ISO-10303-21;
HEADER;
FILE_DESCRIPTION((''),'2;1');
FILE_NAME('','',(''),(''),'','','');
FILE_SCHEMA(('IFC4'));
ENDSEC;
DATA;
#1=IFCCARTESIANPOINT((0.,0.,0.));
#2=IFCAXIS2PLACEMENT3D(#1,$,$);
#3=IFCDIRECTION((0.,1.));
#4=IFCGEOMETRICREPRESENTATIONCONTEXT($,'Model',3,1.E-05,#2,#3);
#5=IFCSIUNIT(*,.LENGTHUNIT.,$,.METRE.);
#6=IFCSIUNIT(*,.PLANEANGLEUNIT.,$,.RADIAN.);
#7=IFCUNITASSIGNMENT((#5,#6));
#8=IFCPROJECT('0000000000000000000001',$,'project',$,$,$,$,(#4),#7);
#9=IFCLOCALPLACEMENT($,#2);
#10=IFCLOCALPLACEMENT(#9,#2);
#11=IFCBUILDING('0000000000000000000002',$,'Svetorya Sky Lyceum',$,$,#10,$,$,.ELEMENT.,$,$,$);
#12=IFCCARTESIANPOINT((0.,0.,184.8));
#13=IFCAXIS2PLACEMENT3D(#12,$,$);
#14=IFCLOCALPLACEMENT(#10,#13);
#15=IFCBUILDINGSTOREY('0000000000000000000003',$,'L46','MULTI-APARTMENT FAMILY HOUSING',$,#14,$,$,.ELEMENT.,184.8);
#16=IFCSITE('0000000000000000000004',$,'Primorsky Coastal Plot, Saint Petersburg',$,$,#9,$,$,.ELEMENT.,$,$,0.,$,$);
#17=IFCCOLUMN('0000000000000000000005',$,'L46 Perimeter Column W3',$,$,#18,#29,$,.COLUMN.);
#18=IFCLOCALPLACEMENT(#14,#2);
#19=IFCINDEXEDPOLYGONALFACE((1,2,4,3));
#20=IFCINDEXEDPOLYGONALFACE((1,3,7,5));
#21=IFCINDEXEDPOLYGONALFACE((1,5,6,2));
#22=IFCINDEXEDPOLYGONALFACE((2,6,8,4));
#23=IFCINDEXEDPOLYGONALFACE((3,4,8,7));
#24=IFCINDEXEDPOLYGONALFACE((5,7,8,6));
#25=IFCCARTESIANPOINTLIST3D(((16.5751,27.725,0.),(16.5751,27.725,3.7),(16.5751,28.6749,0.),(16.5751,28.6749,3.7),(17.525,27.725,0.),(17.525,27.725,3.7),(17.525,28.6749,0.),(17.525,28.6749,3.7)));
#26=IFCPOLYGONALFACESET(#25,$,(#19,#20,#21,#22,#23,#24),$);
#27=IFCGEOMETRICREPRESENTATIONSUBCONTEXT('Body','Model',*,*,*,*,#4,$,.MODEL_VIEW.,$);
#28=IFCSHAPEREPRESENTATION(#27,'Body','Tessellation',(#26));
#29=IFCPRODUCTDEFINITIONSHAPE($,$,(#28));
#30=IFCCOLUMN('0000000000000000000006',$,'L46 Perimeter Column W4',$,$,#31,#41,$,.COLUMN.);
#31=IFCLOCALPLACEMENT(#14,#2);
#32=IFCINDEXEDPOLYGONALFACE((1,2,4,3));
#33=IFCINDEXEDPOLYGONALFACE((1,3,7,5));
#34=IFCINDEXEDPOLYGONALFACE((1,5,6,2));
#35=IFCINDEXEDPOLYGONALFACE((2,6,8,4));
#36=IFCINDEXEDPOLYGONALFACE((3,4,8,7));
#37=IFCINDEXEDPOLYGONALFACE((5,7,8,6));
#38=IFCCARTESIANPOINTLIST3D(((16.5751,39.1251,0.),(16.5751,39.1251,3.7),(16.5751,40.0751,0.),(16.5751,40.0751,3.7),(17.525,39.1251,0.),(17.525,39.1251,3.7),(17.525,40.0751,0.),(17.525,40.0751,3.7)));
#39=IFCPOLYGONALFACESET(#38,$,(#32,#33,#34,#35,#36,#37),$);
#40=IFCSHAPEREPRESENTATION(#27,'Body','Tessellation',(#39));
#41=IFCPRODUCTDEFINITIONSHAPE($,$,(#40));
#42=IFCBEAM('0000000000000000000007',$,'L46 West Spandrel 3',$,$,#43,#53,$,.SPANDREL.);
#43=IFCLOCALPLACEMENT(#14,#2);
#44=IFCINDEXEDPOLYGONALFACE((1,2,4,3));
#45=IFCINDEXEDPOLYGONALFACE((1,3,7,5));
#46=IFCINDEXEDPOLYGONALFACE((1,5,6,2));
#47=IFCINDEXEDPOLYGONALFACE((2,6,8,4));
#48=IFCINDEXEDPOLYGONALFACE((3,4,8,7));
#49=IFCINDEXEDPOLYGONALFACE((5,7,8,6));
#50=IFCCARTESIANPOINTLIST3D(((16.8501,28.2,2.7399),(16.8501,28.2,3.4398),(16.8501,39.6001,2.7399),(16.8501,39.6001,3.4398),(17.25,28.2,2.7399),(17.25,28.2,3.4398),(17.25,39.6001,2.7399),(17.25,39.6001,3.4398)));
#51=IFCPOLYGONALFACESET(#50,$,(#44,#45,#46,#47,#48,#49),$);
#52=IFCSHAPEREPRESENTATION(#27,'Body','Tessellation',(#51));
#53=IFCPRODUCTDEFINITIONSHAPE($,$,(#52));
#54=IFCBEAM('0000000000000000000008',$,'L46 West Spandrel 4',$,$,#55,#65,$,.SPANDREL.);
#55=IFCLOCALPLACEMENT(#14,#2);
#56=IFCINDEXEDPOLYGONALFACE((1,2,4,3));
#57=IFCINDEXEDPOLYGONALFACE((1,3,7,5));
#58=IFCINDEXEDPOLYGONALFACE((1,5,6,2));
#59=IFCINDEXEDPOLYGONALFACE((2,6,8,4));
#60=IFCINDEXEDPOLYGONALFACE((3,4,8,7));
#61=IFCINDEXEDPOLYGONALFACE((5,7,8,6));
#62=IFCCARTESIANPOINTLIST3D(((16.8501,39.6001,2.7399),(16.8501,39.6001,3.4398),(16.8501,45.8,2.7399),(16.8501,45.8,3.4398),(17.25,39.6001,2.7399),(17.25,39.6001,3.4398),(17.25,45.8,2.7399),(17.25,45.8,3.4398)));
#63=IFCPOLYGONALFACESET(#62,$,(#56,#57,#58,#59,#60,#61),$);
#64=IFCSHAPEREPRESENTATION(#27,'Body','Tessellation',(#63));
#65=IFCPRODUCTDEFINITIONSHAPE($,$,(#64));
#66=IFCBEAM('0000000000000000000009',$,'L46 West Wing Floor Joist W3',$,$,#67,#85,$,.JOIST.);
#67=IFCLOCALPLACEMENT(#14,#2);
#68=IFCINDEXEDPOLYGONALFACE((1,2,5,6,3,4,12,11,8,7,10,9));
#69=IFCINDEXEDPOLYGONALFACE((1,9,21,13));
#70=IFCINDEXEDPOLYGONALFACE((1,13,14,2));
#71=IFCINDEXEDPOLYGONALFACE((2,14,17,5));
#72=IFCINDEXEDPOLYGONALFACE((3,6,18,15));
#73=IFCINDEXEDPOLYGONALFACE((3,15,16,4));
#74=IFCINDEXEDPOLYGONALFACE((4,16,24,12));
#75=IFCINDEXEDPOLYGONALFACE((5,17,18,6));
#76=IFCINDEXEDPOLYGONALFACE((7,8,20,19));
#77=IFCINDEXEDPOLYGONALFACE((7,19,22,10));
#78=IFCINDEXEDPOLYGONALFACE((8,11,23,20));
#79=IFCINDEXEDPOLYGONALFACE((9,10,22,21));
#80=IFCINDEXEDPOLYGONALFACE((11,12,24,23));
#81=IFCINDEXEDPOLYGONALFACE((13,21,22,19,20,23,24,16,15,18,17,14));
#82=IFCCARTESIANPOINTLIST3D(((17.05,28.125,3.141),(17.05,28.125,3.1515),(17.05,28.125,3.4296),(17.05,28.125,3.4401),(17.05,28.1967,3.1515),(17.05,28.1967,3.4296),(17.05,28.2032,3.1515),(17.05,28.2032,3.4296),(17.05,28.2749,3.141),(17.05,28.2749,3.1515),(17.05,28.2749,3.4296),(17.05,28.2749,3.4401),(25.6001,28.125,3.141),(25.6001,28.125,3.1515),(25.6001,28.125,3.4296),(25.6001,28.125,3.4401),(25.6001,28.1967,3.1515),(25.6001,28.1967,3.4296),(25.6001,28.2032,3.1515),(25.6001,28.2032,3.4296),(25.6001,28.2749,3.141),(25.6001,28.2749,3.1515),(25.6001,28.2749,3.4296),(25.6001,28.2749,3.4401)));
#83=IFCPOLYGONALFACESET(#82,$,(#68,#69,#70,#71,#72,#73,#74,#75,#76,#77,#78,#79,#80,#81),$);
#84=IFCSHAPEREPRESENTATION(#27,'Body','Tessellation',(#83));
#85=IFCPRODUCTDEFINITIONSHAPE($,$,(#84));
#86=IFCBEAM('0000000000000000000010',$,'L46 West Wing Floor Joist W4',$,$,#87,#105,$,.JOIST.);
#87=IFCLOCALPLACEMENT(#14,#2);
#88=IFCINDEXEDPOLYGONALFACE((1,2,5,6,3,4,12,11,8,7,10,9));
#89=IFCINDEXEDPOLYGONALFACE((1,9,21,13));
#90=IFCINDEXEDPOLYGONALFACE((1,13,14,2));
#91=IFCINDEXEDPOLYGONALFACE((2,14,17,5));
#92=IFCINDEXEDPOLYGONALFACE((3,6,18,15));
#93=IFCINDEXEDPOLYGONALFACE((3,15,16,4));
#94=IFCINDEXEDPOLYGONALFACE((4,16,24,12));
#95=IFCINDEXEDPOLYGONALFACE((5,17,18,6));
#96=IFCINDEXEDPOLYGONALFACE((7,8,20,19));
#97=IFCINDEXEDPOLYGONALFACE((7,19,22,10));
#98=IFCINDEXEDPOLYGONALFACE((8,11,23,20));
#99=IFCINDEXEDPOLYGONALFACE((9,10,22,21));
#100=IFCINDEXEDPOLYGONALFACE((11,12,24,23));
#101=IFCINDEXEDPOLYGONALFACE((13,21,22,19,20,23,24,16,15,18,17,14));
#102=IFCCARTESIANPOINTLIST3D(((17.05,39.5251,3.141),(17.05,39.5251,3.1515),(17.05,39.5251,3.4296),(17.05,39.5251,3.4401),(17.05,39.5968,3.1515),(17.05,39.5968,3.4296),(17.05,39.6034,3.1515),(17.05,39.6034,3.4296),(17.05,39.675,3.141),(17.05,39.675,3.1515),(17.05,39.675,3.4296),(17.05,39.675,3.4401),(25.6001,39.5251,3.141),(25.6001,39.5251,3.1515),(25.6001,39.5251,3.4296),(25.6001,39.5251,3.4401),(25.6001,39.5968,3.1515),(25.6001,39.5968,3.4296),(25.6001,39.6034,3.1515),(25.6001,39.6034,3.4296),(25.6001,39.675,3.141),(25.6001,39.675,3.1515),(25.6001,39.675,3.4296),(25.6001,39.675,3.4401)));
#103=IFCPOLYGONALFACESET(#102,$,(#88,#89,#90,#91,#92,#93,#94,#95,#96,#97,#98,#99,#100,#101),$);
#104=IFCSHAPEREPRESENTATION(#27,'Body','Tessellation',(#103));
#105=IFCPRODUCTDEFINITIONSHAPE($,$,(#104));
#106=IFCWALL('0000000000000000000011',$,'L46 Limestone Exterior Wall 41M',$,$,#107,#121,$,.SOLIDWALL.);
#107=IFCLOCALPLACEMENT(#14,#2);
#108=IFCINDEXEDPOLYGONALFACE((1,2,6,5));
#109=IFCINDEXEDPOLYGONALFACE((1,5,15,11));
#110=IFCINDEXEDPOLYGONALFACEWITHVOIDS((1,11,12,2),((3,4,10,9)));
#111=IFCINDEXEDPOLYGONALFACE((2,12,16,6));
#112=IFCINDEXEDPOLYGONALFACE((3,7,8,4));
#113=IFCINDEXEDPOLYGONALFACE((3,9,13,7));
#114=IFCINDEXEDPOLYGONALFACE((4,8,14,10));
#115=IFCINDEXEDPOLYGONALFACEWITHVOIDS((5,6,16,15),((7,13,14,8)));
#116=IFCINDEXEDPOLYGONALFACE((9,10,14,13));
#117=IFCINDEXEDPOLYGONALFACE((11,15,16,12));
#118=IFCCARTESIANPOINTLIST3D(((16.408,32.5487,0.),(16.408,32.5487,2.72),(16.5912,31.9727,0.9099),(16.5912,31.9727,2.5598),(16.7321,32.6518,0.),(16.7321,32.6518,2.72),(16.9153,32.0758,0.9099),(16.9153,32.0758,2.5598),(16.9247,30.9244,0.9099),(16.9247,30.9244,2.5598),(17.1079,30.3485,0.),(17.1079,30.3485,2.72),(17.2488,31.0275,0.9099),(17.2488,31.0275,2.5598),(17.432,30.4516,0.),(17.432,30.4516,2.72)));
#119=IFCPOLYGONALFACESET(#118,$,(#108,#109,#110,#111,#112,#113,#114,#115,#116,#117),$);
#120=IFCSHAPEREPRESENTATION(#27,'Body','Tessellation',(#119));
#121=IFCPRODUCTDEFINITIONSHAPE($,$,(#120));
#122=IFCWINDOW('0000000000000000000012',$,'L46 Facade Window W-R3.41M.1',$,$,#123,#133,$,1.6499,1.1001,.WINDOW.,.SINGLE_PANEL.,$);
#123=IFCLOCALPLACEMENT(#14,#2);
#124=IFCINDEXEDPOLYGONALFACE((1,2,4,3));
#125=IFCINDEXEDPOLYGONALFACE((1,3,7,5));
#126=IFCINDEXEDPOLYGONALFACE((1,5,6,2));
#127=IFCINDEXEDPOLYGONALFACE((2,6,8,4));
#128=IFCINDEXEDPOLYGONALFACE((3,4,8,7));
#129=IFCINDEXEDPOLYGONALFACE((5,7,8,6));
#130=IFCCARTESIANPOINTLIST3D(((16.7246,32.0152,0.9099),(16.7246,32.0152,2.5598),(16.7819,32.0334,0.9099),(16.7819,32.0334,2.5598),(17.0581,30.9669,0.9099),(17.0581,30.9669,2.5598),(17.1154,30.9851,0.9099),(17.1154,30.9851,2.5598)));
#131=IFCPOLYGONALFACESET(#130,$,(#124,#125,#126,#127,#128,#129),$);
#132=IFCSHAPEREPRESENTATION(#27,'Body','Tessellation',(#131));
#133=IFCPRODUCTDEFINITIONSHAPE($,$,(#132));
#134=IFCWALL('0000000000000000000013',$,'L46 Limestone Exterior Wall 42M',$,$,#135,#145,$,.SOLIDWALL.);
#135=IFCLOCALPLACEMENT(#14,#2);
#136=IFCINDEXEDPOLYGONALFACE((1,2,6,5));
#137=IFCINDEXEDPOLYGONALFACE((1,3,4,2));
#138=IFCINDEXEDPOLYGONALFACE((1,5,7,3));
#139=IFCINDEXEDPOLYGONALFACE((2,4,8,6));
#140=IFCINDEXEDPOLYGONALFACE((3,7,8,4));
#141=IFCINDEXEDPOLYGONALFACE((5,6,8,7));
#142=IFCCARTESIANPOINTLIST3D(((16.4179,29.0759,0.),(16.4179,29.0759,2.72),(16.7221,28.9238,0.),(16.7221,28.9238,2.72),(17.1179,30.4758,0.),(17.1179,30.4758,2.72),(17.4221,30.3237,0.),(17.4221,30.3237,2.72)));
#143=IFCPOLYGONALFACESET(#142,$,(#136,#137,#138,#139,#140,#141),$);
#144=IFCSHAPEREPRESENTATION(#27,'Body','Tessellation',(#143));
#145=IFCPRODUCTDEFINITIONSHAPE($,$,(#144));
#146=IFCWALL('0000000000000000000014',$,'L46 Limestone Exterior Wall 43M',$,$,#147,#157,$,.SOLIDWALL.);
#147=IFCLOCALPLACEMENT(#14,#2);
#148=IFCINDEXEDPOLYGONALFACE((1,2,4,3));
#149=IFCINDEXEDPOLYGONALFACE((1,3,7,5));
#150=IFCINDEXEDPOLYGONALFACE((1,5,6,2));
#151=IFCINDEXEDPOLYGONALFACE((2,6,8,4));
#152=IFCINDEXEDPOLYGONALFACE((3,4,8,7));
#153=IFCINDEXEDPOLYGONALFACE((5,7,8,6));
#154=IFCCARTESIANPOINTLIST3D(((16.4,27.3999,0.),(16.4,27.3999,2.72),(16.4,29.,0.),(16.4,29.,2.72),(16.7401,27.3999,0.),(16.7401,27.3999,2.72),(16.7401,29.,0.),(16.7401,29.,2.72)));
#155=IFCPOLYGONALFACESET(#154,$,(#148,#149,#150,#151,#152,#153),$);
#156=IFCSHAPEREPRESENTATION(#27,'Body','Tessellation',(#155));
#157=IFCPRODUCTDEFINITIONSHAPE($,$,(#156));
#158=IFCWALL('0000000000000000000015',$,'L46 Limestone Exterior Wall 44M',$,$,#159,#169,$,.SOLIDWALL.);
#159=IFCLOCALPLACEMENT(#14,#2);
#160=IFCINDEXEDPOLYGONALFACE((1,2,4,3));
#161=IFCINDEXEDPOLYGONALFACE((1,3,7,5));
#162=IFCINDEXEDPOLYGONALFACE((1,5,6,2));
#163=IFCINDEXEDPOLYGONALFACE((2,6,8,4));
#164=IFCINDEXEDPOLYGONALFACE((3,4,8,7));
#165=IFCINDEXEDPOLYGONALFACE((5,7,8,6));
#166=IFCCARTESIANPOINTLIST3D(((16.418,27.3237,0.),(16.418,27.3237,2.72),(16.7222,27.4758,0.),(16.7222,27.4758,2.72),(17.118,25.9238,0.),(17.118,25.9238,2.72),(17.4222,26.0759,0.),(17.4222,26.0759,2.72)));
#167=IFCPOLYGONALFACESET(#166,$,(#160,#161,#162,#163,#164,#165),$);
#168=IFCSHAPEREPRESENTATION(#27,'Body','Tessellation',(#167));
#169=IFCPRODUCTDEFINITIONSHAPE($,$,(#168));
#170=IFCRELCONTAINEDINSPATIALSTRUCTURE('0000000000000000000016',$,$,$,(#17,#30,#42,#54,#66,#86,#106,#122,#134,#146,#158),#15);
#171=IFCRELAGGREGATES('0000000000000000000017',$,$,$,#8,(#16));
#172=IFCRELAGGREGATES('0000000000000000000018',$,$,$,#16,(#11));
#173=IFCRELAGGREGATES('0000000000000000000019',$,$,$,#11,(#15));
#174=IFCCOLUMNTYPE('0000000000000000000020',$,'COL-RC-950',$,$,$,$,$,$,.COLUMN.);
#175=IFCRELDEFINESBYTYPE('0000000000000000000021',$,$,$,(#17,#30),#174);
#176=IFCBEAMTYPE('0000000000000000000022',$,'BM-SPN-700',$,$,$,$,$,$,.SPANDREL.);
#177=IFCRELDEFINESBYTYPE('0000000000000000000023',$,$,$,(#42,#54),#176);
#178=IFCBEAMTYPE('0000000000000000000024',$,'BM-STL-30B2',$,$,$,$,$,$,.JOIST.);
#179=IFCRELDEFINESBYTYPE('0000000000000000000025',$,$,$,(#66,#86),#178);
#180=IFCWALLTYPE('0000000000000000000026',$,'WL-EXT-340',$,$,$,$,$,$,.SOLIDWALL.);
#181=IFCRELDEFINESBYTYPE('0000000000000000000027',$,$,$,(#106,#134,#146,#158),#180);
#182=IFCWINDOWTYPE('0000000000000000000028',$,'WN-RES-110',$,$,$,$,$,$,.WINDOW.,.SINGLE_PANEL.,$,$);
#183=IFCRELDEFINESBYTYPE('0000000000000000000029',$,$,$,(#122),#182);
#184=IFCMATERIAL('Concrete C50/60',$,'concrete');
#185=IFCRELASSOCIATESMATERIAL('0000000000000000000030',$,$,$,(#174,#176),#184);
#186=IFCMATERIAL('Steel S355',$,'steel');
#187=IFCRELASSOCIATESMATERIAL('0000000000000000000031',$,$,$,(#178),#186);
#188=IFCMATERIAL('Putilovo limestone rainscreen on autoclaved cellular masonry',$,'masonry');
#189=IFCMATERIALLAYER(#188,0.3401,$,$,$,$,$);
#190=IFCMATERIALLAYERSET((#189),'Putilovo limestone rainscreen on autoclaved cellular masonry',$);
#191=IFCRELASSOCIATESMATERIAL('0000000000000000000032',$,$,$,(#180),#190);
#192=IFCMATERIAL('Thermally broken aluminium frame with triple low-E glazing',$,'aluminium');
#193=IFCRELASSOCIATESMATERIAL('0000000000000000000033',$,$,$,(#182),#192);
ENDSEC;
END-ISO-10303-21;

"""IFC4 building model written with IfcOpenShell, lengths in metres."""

from ifc_helpers import new_model, si_unit, direction, frame, frame_2d, origin, origin_2d, place, context, subcontext, project, spatial, rectangle, i_section, extrude, material, layer, layer_set, material_profile, profile_set, type_object, element, fill, save


model = new_model("IFC4")

# Units and contexts
model_context = context("Model", 3, precision=1e-05, world=origin(), true_north=direction((0.0, 1.0)))
body_context = subcontext(model_context, "Body", "Model", "MODEL_VIEW")
ifc_project = project(units=[si_unit("LENGTHUNIT", "METRE"), si_unit("PLANEANGLEUNIT", "RADIAN")], contexts=[model_context])

# Site, building, storey
site_placement = place(None, origin())
site = spatial("IfcSite", under=ifc_project, at=site_placement, Name="Primorsky Coastal Plot, Saint Petersburg", CompositionType="ELEMENT", RefElevation=0.0)
building_placement = place(site_placement, origin())
building = spatial("IfcBuilding", under=site, at=building_placement, Name="Svetorya Sky Lyceum", CompositionType="ELEMENT")
storey_placement = place(building_placement, frame((0.0, 0.0, 184.8)))
storey = spatial("IfcBuildingStorey", under=building, at=storey_placement, Name="L46", Description="MULTI-APARTMENT FAMILY HOUSING", CompositionType="ELEMENT", Elevation=184.8)

# Columns
ifc_material_1 = material(Name="Concrete C50/60", Category="concrete")
ifc_material_profile_1 = material_profile(ifc_material_1, rectangle(XDim=0.95, YDim=0.95, at=origin_2d()), Name="RC COL 950x950")
ifc_profile_set_1 = profile_set([ifc_material_profile_1], Name="Concrete C50/60")
column_type = type_object("IfcColumnType", Name="COL-RC-950", PredefinedType="COLUMN", material=ifc_profile_set_1)
for number, where, z_axis, x_axis, name in (
    (1, (17.05, 28.2, 0.0), (0.0, 0.0, 1.0), (1.0, 0.0, 0.0), "L46 Perimeter Column W3"),
    (2, (17.05, 39.6001, 0.0), (0.0, 0.0, 1.0), (1.0, 0.0, 0.0), "L46 Perimeter Column W4"),
):
    element("IfcColumn", number, at=place(storey_placement, frame(where, z_axis=z_axis, x_axis=x_axis)), inside=storey, type_object=column_type, Name=name, PredefinedType="COLUMN", context=body_context, shape_type="SweptSolid", body=[
        extrude(rectangle(XDim=0.95, YDim=0.95, at=origin_2d()), origin(), (0.0, 0.0, 1.0), 3.7),
    ])

# Beams
ifc_material_profile_2 = material_profile(ifc_material_1, rectangle(XDim=0.3999, YDim=0.7, at=origin_2d()), Name="RC SPANDREL 400x700")
ifc_profile_set_2 = profile_set([ifc_material_profile_2], Name="Concrete C50/60")
beam_type_1 = type_object("IfcBeamType", Name="BM-SPN-700", PredefinedType="SPANDREL", material=ifc_profile_set_2)
beam_1_placement = place(storey_placement, frame((17.05, 28.2, 3.0898), z_axis=(0.0, 1.0, 0.0), x_axis=(-1.0, 0.0, 0.0)))
element("IfcBeam", 3, at=beam_1_placement, inside=storey, type_object=beam_type_1, Name="L46 West Spandrel 3", PredefinedType="SPANDREL", context=body_context, shape_type="SweptSolid", body=[
    extrude(rectangle(XDim=0.3999, YDim=0.7, at=origin_2d()), origin(), (0.0, 0.0, 1.0), 11.4001),
])
beam_2_placement = place(storey_placement, frame((17.05, 39.6001, 3.0898), z_axis=(0.0, 1.0, 0.0), x_axis=(-1.0, 0.0, 0.0)))
element("IfcBeam", 4, at=beam_2_placement, inside=storey, type_object=beam_type_1, Name="L46 West Spandrel 4", PredefinedType="SPANDREL", context=body_context, shape_type="SweptSolid", body=[
    extrude(rectangle(XDim=0.3999, YDim=0.7, at=origin_2d()), origin(), (0.0, 0.0, 1.0), 6.2),
])
ifc_material_2 = material(Name="Steel S355", Category="steel")
ifc_material_profile_3 = material_profile(ifc_material_2, i_section(OverallWidth=0.1499, OverallDepth=0.2991, WebThickness=0.0066, FlangeThickness=0.0105, at=origin_2d()), Name="GOST 30B2")
ifc_profile_set_3 = profile_set([ifc_material_profile_3], Name="Steel S355")
beam_type_2 = type_object("IfcBeamType", Name="BM-STL-30B2", PredefinedType="JOIST", material=ifc_profile_set_3)
for number, where, z_axis, x_axis, name in (
    (5, (17.05, 28.2, 3.2905), (1.0, 0.0, 0.0), (0.0, 1.0, 0.0), "L46 West Wing Floor Joist W3"),
    (6, (17.05, 39.6001, 3.2905), (1.0, 0.0, 0.0), (0.0, 1.0, 0.0), "L46 West Wing Floor Joist W4"),
):
    element("IfcBeam", number, at=place(storey_placement, frame(where, z_axis=z_axis, x_axis=x_axis)), inside=storey, type_object=beam_type_2, Name=name, PredefinedType="JOIST", context=body_context, shape_type="SweptSolid", body=[
        extrude(i_section(OverallWidth=0.1499, OverallDepth=0.2991, WebThickness=0.0066, FlangeThickness=0.0105, at=origin_2d()), origin(), (0.0, 0.0, 1.0), 8.55),
    ])

# Wall, opening, window
ifc_material_3 = material(Name="Putilovo limestone rainscreen on autoclaved cellular masonry", Category="masonry")
ifc_layer_1 = layer(ifc_material_3, 0.3401)
ifc_layer_set_1 = layer_set([ifc_layer_1], Name="Putilovo limestone rainscreen on autoclaved cellular masonry")
wall_type_1 = type_object("IfcWallType", Name="WL-EXT-340", PredefinedType="SOLIDWALL", material=ifc_layer_set_1)
wall_1_placement = place(storey_placement, frame((16.5701, 32.6001, 0.0), z_axis=(0.0, 0.0, 1.0), x_axis=(0.30316, -0.95294, 0.0)))
wall_1 = element("IfcWall", 7, at=wall_1_placement, inside=storey, type_object=wall_type_1, Name="L46 Limestone Exterior Wall 41M", PredefinedType="SOLIDWALL", context=body_context, shape_type="SweptSolid", body=[
    extrude(rectangle(XDim=2.3088, YDim=0.3401, at=frame_2d((1.1543, 0.0))), origin(), (0.0, 0.0, 1.0), 2.72),
])
opening_1_placement = place(wall_1_placement, frame((0.6042, 0.0, 0.9099)))
opening_1 = element("IfcOpeningElement", 8, at=opening_1_placement, cuts=wall_1, PredefinedType="OPENING", context=body_context, shape_type="SweptSolid", body=[
    extrude(rectangle(XDim=1.1001, YDim=1.6499, at=frame_2d((0.55, 0.825))), frame((0.0, 0.1799, 0.0), z_axis=(0.0, -1.0, 0.0), x_axis=(1.0, 0.0, 0.0)), (0.0, 0.0, 1.0), 0.3601),
])
ifc_material_4 = material(Name="Thermally broken aluminium frame with triple low-E glazing", Category="aluminium")
window_type_1 = type_object("IfcWindowType", Name="WN-RES-110", PartitioningType="SINGLE_PANEL", PredefinedType="WINDOW", material=ifc_material_4)
window_1_placement = place(opening_1_placement, origin())
window_1 = element("IfcWindow", 9, at=window_1_placement, inside=storey, type_object=window_type_1, Name="L46 Facade Window W-R3.41M.1", OverallHeight=1.6499, OverallWidth=1.1001, PartitioningType="SINGLE_PANEL", PredefinedType="WINDOW", context=body_context, shape_type="SweptSolid", body=[
    extrude(rectangle(XDim=1.1001, YDim=1.6499, at=frame_2d((0.55, 0.825))), frame((0.0, 0.03, 0.0), z_axis=(0.0, -1.0, 0.0), x_axis=(1.0, 0.0, 0.0)), (0.0, 0.0, 1.0), 0.0601),
])
fill(opening_1, window_1)

# Walls
wall_2_placement = place(storey_placement, frame((17.27, 30.3999, 0.0), z_axis=(0.0, 0.0, 1.0), x_axis=(-0.447214, -0.894427, 0.0)))
element("IfcWall", 10, at=wall_2_placement, inside=storey, type_object=wall_type_1, Name="L46 Limestone Exterior Wall 42M", PredefinedType="SOLIDWALL", context=body_context, shape_type="SweptSolid", body=[
    extrude(rectangle(XDim=1.5652, YDim=0.3401, at=frame_2d((0.7827, 0.0))), origin(), (0.0, 0.0, 1.0), 2.72),
])
wall_3_placement = place(storey_placement, frame((16.5701, 29.0, 0.0), z_axis=(0.0, 0.0, 1.0), x_axis=(0.0, -1.0, 0.0)))
element("IfcWall", 11, at=wall_3_placement, inside=storey, type_object=wall_type_1, Name="L46 Limestone Exterior Wall 43M", PredefinedType="SOLIDWALL", context=body_context, shape_type="SweptSolid", body=[
    extrude(rectangle(XDim=1.6001, YDim=0.3401, at=frame_2d((0.8, 0.0))), origin(), (0.0, 0.0, 1.0), 2.72),
])
wall_4_placement = place(storey_placement, frame((16.5701, 27.3999, 0.0), z_axis=(0.0, 0.0, 1.0), x_axis=(0.447214, -0.894427, 0.0)))
element("IfcWall", 12, at=wall_4_placement, inside=storey, type_object=wall_type_1, Name="L46 Limestone Exterior Wall 44M", PredefinedType="SOLIDWALL", context=body_context, shape_type="SweptSolid", body=[
    extrude(rectangle(XDim=1.5652, YDim=0.3401, at=frame_2d((0.7827, 0.0))), origin(), (0.0, 0.0, 1.0), 2.72),
])

save(model, "model.ifc")
